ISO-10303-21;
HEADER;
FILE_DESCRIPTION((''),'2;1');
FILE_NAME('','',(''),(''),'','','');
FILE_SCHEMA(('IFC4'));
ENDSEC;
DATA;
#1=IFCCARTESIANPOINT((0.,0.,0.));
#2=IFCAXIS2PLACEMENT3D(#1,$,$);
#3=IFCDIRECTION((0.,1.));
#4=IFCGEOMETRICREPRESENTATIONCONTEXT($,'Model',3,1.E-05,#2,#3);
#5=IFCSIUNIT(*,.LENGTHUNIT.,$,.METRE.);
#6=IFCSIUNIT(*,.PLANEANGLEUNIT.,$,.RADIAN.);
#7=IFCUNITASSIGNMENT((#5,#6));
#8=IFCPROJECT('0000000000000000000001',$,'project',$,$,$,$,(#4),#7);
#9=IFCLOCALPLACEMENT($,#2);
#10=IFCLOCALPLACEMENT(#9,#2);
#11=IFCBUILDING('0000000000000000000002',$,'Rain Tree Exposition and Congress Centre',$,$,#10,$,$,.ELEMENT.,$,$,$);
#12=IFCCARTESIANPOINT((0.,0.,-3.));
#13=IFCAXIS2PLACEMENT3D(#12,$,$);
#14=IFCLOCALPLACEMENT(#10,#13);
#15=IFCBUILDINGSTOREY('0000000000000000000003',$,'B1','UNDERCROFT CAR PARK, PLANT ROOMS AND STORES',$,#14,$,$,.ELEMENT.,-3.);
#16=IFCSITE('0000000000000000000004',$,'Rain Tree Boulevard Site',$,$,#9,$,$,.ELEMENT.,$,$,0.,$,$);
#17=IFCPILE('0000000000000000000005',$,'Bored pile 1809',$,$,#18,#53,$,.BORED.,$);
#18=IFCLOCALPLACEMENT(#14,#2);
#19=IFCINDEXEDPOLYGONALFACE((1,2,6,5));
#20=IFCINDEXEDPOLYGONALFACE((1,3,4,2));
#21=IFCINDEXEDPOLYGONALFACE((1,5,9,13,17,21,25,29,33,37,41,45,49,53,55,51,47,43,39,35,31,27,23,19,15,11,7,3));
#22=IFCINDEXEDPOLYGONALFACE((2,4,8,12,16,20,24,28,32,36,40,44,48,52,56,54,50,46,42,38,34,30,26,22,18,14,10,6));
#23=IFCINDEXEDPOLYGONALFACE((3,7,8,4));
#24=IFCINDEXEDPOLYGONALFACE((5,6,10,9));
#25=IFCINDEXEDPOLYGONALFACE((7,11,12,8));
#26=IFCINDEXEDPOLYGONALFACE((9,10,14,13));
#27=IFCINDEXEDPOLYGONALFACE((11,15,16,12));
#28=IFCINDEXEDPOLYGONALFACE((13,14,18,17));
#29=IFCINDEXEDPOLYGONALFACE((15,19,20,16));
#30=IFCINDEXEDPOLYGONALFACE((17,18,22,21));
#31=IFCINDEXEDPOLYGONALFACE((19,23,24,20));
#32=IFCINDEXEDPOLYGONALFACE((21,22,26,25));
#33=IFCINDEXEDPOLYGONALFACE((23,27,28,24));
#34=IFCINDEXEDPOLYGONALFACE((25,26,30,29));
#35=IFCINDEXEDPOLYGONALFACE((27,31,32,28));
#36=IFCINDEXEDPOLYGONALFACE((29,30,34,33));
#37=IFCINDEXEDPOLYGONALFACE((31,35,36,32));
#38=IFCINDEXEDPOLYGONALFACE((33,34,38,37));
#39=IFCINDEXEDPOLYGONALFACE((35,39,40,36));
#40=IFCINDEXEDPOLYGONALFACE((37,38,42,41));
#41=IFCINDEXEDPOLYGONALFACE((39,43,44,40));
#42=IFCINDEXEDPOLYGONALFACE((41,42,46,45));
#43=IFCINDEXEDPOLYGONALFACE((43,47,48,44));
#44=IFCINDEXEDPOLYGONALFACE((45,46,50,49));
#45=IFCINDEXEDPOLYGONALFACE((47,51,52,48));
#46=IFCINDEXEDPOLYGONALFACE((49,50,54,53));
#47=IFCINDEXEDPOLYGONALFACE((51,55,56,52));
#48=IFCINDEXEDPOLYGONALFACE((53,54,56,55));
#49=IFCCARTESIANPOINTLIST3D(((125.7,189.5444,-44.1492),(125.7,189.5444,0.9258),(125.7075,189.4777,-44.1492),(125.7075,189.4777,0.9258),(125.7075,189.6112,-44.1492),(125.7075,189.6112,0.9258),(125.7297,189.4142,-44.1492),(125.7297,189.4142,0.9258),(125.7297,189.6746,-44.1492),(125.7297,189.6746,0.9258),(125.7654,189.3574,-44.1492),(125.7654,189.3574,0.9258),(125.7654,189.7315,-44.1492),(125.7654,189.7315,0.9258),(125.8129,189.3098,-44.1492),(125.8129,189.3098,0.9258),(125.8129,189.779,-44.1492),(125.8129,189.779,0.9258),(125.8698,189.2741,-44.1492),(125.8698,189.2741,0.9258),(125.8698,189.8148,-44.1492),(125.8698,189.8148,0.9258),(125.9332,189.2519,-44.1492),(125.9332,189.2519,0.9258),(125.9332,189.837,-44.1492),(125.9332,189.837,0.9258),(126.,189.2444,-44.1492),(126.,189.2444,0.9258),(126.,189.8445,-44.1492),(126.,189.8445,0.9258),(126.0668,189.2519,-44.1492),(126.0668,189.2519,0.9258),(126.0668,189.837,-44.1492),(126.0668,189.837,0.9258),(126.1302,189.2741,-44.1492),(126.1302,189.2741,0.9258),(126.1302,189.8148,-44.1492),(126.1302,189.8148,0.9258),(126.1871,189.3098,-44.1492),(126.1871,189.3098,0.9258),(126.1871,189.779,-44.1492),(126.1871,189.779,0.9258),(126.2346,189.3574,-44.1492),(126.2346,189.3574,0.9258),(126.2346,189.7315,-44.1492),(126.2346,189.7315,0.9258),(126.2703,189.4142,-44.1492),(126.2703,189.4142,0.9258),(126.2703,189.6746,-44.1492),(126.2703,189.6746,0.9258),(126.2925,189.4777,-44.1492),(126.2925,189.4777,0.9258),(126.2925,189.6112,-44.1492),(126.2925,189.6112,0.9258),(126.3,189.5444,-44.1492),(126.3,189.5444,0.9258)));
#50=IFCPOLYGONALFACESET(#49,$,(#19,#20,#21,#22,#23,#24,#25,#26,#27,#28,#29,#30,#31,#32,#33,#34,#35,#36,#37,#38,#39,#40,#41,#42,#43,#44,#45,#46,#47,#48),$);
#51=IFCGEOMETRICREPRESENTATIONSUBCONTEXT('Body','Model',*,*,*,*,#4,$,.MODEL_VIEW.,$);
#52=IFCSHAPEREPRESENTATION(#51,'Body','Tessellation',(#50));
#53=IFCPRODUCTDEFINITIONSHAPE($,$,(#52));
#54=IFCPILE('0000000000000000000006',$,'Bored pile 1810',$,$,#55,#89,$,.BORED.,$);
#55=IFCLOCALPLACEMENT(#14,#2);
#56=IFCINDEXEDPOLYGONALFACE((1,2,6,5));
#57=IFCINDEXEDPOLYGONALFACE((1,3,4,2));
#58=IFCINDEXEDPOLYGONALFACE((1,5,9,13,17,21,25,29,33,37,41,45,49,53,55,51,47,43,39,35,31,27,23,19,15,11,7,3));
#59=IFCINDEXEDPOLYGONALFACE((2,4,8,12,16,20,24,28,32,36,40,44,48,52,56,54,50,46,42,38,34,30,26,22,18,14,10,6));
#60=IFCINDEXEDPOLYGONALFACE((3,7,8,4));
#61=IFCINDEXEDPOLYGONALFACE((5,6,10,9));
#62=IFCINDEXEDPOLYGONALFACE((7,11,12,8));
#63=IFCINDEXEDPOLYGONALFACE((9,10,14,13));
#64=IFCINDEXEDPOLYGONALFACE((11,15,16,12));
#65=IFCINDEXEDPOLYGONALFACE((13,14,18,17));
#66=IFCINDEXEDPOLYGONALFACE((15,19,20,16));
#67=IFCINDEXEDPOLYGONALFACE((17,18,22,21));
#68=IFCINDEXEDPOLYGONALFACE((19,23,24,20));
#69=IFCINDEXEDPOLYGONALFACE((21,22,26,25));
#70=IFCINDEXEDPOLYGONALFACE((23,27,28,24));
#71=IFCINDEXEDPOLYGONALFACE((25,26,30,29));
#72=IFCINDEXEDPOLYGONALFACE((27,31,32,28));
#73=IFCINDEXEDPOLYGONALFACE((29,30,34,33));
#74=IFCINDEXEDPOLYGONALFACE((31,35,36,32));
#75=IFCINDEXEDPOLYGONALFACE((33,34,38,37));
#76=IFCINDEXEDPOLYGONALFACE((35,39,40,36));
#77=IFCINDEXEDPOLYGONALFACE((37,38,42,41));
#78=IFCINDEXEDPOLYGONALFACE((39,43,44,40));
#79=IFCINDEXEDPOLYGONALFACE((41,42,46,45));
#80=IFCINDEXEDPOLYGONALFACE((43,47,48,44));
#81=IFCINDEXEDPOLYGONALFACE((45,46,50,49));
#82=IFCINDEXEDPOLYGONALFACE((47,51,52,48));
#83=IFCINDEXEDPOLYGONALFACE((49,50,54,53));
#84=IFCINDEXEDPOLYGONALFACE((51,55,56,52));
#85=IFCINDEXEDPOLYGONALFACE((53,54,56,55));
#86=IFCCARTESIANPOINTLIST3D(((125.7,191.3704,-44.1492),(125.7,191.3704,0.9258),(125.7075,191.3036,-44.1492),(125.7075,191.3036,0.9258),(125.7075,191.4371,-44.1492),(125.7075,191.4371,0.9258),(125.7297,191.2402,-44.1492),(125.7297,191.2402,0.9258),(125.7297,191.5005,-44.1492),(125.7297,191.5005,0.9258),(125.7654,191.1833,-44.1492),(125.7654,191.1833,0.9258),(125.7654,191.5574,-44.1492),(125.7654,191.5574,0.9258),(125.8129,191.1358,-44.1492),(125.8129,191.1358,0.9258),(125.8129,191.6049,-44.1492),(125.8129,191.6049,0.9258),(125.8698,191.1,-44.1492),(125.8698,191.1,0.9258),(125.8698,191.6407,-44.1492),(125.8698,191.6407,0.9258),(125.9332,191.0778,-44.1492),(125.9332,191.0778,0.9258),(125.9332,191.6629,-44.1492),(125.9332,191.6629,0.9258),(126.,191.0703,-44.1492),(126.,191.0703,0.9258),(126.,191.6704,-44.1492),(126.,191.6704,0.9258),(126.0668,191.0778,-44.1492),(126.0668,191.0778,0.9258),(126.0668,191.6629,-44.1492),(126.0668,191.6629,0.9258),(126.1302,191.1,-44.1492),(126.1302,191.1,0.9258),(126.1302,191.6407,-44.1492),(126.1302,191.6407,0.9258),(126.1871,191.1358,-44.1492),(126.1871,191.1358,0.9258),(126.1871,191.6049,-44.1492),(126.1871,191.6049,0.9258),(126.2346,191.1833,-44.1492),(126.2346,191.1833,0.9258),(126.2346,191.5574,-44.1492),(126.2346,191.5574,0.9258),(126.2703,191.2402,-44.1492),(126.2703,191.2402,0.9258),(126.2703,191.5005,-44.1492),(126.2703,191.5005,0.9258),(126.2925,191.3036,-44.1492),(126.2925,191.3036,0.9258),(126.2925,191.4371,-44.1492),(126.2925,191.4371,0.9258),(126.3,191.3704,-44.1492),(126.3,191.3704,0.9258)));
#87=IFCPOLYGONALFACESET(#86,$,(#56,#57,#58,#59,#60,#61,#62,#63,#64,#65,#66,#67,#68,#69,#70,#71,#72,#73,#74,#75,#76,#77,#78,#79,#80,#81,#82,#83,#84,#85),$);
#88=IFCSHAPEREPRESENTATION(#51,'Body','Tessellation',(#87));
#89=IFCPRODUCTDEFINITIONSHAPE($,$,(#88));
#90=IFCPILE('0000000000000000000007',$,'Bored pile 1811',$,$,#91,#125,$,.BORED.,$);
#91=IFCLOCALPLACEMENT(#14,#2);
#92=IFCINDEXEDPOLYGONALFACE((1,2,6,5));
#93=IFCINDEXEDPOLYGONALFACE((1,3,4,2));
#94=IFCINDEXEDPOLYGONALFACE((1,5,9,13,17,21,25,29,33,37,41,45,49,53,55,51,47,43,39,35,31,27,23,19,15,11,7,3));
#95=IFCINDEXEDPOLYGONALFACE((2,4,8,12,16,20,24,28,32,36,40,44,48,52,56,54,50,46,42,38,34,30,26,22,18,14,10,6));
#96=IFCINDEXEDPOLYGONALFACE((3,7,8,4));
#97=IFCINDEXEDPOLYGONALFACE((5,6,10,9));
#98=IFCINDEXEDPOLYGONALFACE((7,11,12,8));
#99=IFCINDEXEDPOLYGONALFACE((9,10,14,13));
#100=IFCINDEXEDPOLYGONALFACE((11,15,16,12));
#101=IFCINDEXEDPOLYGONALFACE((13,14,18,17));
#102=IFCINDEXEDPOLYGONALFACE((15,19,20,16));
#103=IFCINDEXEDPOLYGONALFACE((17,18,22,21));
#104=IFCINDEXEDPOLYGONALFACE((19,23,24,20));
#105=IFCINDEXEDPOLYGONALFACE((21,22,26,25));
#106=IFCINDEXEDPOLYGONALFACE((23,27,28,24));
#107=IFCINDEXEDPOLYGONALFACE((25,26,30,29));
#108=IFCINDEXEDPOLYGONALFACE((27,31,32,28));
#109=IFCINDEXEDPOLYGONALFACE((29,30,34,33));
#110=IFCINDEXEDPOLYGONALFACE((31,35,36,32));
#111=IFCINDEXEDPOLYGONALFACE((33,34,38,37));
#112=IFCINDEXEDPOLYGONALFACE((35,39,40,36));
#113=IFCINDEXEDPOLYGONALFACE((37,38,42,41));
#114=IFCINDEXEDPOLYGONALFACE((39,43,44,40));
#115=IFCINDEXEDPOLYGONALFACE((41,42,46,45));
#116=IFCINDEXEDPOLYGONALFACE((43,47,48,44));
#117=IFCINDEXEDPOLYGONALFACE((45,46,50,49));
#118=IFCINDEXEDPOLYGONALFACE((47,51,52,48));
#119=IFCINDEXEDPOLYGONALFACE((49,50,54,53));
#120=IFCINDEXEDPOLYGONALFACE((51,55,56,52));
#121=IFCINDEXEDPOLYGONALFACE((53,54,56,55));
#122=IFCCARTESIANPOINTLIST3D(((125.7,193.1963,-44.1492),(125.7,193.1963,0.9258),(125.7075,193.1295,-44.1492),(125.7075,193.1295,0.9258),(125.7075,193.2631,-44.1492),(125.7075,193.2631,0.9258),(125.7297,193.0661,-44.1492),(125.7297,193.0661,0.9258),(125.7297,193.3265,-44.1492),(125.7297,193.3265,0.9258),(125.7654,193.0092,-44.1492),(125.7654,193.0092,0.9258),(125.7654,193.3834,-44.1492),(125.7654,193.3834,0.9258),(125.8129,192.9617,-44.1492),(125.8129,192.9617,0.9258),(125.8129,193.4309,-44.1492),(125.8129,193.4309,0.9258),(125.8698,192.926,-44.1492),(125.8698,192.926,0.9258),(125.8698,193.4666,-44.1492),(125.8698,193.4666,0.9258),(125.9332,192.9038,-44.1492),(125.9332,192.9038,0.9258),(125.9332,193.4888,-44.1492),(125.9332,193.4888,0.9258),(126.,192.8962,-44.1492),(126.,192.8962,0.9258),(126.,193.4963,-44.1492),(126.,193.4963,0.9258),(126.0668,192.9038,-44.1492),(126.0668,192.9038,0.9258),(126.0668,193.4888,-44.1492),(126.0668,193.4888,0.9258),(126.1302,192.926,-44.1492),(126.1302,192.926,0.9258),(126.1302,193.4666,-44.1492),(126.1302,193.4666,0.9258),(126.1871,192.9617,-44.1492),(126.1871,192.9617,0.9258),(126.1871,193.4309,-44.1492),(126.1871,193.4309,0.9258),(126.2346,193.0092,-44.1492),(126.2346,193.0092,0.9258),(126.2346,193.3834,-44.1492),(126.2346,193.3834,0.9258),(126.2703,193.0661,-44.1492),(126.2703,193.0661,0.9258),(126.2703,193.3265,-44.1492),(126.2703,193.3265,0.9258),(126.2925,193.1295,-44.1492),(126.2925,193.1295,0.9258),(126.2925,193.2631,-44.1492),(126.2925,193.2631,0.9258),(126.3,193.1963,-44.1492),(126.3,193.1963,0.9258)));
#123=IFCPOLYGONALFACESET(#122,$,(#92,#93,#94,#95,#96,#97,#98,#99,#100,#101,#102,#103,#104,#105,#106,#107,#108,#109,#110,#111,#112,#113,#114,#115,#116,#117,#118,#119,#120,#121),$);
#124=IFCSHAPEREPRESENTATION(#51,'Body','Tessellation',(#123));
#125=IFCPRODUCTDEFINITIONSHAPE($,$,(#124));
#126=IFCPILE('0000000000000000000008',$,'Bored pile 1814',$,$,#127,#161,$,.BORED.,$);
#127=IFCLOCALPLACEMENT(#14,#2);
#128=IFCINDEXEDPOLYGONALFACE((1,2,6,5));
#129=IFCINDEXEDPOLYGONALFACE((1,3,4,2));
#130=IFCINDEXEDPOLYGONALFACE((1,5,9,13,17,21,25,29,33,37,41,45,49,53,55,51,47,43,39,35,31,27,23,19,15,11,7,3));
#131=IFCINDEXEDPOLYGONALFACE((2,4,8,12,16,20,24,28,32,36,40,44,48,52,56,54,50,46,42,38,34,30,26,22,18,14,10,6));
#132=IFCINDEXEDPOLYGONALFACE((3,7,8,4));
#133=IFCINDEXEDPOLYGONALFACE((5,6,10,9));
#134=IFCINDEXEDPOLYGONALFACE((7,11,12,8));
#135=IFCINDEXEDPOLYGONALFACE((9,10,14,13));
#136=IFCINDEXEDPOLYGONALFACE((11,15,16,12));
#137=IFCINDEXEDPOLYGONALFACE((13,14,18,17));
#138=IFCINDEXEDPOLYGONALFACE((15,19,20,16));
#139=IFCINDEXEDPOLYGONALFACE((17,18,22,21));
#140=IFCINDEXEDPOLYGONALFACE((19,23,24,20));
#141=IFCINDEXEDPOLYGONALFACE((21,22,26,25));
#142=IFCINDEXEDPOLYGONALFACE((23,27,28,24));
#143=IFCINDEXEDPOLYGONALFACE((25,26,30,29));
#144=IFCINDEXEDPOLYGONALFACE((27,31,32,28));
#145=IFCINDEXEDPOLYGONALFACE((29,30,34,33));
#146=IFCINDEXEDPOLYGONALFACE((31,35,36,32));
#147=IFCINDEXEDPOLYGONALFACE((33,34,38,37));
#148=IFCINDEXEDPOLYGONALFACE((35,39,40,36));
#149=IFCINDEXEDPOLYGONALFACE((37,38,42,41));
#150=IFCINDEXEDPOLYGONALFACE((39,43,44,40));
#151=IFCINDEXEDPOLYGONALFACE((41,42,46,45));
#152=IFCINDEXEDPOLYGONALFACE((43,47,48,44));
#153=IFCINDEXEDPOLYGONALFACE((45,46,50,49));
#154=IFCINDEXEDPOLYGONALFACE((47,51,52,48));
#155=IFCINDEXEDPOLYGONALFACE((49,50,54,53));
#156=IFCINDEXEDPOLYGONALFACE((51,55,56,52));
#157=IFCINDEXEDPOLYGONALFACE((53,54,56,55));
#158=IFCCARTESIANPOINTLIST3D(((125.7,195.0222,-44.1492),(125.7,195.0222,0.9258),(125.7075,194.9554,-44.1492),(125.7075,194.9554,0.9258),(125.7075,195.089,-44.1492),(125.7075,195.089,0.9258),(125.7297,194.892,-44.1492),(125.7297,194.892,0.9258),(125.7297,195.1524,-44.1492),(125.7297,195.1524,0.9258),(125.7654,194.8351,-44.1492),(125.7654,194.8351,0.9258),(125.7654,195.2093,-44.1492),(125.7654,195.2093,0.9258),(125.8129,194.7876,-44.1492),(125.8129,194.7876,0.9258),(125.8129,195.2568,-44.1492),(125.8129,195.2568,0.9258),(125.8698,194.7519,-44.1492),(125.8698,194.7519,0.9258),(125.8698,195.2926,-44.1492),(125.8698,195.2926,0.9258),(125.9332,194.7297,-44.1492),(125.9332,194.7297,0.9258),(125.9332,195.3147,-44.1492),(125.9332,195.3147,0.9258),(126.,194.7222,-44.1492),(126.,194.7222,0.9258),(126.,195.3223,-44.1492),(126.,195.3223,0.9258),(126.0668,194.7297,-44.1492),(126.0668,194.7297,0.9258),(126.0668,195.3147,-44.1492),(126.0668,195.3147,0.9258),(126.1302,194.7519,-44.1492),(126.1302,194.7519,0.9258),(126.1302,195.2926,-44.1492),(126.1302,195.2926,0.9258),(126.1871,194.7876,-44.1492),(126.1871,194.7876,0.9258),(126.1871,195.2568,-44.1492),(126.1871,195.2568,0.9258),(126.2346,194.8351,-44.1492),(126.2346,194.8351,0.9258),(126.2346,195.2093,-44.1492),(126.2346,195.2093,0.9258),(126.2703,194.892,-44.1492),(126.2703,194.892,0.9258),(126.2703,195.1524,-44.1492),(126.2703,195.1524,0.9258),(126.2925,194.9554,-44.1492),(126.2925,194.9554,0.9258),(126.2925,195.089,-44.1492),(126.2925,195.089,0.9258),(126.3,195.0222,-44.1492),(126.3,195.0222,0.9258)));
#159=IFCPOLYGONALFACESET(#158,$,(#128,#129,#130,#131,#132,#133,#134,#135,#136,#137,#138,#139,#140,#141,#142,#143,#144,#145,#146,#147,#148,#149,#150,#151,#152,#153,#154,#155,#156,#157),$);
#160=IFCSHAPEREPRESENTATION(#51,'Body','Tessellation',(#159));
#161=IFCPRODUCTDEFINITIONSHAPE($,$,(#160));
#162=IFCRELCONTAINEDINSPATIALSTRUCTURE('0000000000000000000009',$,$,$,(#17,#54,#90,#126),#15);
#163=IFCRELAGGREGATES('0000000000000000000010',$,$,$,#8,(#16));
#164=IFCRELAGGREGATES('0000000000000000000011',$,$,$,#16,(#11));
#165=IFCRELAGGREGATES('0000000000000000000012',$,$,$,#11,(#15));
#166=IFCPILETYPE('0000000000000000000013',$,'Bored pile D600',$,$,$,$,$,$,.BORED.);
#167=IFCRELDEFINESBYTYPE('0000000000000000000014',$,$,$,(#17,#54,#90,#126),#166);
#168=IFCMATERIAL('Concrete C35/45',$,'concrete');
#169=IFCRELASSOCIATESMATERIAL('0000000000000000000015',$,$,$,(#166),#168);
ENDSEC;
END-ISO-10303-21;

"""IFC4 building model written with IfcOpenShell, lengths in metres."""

from ifc_helpers import new_model, si_unit, direction, frame, origin, origin_2d, place, context, subcontext, project, spatial, circle, extrude, material, material_profile, profile_set, type_object, element, save


model = new_model("IFC4")

# Units and contexts
model_context = context("Model", 3, precision=1e-05, world=origin(), true_north=direction((0.0, 1.0)))
body_context = subcontext(model_context, "Body", "Model", "MODEL_VIEW")
ifc_project = project(units=[si_unit("LENGTHUNIT", "METRE"), si_unit("PLANEANGLEUNIT", "RADIAN")], contexts=[model_context])

# Site, building, storey
site_placement = place(None, origin())
site = spatial("IfcSite", under=ifc_project, at=site_placement, Name="Rain Tree Boulevard Site", CompositionType="ELEMENT", RefElevation=0.0)
building_placement = place(site_placement, origin())
building = spatial("IfcBuilding", under=site, at=building_placement, Name="Rain Tree Exposition and Congress Centre", CompositionType="ELEMENT")
storey_placement = place(building_placement, frame((0.0, 0.0, -3.0)))
storey = spatial("IfcBuildingStorey", under=building, at=storey_placement, Name="B1", Description="UNDERCROFT CAR PARK, PLANT ROOMS AND STORES", CompositionType="ELEMENT", Elevation=-3.0)

# Piles
ifc_material_1 = material(Name="Concrete C35/45", Category="concrete")
ifc_material_profile_1 = material_profile(ifc_material_1, circle(Radius=0.3, at=origin_2d()), Name="D600")
ifc_profile_set_1 = profile_set([ifc_material_profile_1], Name="Concrete C35/45")
pile_type_1 = type_object("IfcPileType", Name="Bored pile D600", PredefinedType="BORED", material=ifc_profile_set_1)
for number, where, z_axis, x_axis, name in (
    (1, (126.0, 189.5444, 0.9258), (0.0, 0.0, -1.0), (1.0, 0.0, 0.0), "Bored pile 1809"),
    (2, (126.0, 191.3704, 0.9258), (0.0, 0.0, -1.0), (1.0, 0.0, 0.0), "Bored pile 1810"),
    (3, (126.0, 193.1963, 0.9258), (0.0, 0.0, -1.0), (1.0, 0.0, 0.0), "Bored pile 1811"),
    (4, (126.0, 195.0222, 0.9258), (0.0, 0.0, -1.0), (1.0, 0.0, 0.0), "Bored pile 1814"),
):
    element("IfcPile", number, at=place(storey_placement, frame(where, z_axis=z_axis, x_axis=x_axis)), inside=storey, type_object=pile_type_1, Name=name, PredefinedType="BORED", context=body_context, shape_type="SweptSolid", body=[
        extrude(circle(Radius=0.3, at=origin_2d()), origin(), (0.0, 0.0, 1.0), 45.075),
    ])

save(model, "model.ifc")
